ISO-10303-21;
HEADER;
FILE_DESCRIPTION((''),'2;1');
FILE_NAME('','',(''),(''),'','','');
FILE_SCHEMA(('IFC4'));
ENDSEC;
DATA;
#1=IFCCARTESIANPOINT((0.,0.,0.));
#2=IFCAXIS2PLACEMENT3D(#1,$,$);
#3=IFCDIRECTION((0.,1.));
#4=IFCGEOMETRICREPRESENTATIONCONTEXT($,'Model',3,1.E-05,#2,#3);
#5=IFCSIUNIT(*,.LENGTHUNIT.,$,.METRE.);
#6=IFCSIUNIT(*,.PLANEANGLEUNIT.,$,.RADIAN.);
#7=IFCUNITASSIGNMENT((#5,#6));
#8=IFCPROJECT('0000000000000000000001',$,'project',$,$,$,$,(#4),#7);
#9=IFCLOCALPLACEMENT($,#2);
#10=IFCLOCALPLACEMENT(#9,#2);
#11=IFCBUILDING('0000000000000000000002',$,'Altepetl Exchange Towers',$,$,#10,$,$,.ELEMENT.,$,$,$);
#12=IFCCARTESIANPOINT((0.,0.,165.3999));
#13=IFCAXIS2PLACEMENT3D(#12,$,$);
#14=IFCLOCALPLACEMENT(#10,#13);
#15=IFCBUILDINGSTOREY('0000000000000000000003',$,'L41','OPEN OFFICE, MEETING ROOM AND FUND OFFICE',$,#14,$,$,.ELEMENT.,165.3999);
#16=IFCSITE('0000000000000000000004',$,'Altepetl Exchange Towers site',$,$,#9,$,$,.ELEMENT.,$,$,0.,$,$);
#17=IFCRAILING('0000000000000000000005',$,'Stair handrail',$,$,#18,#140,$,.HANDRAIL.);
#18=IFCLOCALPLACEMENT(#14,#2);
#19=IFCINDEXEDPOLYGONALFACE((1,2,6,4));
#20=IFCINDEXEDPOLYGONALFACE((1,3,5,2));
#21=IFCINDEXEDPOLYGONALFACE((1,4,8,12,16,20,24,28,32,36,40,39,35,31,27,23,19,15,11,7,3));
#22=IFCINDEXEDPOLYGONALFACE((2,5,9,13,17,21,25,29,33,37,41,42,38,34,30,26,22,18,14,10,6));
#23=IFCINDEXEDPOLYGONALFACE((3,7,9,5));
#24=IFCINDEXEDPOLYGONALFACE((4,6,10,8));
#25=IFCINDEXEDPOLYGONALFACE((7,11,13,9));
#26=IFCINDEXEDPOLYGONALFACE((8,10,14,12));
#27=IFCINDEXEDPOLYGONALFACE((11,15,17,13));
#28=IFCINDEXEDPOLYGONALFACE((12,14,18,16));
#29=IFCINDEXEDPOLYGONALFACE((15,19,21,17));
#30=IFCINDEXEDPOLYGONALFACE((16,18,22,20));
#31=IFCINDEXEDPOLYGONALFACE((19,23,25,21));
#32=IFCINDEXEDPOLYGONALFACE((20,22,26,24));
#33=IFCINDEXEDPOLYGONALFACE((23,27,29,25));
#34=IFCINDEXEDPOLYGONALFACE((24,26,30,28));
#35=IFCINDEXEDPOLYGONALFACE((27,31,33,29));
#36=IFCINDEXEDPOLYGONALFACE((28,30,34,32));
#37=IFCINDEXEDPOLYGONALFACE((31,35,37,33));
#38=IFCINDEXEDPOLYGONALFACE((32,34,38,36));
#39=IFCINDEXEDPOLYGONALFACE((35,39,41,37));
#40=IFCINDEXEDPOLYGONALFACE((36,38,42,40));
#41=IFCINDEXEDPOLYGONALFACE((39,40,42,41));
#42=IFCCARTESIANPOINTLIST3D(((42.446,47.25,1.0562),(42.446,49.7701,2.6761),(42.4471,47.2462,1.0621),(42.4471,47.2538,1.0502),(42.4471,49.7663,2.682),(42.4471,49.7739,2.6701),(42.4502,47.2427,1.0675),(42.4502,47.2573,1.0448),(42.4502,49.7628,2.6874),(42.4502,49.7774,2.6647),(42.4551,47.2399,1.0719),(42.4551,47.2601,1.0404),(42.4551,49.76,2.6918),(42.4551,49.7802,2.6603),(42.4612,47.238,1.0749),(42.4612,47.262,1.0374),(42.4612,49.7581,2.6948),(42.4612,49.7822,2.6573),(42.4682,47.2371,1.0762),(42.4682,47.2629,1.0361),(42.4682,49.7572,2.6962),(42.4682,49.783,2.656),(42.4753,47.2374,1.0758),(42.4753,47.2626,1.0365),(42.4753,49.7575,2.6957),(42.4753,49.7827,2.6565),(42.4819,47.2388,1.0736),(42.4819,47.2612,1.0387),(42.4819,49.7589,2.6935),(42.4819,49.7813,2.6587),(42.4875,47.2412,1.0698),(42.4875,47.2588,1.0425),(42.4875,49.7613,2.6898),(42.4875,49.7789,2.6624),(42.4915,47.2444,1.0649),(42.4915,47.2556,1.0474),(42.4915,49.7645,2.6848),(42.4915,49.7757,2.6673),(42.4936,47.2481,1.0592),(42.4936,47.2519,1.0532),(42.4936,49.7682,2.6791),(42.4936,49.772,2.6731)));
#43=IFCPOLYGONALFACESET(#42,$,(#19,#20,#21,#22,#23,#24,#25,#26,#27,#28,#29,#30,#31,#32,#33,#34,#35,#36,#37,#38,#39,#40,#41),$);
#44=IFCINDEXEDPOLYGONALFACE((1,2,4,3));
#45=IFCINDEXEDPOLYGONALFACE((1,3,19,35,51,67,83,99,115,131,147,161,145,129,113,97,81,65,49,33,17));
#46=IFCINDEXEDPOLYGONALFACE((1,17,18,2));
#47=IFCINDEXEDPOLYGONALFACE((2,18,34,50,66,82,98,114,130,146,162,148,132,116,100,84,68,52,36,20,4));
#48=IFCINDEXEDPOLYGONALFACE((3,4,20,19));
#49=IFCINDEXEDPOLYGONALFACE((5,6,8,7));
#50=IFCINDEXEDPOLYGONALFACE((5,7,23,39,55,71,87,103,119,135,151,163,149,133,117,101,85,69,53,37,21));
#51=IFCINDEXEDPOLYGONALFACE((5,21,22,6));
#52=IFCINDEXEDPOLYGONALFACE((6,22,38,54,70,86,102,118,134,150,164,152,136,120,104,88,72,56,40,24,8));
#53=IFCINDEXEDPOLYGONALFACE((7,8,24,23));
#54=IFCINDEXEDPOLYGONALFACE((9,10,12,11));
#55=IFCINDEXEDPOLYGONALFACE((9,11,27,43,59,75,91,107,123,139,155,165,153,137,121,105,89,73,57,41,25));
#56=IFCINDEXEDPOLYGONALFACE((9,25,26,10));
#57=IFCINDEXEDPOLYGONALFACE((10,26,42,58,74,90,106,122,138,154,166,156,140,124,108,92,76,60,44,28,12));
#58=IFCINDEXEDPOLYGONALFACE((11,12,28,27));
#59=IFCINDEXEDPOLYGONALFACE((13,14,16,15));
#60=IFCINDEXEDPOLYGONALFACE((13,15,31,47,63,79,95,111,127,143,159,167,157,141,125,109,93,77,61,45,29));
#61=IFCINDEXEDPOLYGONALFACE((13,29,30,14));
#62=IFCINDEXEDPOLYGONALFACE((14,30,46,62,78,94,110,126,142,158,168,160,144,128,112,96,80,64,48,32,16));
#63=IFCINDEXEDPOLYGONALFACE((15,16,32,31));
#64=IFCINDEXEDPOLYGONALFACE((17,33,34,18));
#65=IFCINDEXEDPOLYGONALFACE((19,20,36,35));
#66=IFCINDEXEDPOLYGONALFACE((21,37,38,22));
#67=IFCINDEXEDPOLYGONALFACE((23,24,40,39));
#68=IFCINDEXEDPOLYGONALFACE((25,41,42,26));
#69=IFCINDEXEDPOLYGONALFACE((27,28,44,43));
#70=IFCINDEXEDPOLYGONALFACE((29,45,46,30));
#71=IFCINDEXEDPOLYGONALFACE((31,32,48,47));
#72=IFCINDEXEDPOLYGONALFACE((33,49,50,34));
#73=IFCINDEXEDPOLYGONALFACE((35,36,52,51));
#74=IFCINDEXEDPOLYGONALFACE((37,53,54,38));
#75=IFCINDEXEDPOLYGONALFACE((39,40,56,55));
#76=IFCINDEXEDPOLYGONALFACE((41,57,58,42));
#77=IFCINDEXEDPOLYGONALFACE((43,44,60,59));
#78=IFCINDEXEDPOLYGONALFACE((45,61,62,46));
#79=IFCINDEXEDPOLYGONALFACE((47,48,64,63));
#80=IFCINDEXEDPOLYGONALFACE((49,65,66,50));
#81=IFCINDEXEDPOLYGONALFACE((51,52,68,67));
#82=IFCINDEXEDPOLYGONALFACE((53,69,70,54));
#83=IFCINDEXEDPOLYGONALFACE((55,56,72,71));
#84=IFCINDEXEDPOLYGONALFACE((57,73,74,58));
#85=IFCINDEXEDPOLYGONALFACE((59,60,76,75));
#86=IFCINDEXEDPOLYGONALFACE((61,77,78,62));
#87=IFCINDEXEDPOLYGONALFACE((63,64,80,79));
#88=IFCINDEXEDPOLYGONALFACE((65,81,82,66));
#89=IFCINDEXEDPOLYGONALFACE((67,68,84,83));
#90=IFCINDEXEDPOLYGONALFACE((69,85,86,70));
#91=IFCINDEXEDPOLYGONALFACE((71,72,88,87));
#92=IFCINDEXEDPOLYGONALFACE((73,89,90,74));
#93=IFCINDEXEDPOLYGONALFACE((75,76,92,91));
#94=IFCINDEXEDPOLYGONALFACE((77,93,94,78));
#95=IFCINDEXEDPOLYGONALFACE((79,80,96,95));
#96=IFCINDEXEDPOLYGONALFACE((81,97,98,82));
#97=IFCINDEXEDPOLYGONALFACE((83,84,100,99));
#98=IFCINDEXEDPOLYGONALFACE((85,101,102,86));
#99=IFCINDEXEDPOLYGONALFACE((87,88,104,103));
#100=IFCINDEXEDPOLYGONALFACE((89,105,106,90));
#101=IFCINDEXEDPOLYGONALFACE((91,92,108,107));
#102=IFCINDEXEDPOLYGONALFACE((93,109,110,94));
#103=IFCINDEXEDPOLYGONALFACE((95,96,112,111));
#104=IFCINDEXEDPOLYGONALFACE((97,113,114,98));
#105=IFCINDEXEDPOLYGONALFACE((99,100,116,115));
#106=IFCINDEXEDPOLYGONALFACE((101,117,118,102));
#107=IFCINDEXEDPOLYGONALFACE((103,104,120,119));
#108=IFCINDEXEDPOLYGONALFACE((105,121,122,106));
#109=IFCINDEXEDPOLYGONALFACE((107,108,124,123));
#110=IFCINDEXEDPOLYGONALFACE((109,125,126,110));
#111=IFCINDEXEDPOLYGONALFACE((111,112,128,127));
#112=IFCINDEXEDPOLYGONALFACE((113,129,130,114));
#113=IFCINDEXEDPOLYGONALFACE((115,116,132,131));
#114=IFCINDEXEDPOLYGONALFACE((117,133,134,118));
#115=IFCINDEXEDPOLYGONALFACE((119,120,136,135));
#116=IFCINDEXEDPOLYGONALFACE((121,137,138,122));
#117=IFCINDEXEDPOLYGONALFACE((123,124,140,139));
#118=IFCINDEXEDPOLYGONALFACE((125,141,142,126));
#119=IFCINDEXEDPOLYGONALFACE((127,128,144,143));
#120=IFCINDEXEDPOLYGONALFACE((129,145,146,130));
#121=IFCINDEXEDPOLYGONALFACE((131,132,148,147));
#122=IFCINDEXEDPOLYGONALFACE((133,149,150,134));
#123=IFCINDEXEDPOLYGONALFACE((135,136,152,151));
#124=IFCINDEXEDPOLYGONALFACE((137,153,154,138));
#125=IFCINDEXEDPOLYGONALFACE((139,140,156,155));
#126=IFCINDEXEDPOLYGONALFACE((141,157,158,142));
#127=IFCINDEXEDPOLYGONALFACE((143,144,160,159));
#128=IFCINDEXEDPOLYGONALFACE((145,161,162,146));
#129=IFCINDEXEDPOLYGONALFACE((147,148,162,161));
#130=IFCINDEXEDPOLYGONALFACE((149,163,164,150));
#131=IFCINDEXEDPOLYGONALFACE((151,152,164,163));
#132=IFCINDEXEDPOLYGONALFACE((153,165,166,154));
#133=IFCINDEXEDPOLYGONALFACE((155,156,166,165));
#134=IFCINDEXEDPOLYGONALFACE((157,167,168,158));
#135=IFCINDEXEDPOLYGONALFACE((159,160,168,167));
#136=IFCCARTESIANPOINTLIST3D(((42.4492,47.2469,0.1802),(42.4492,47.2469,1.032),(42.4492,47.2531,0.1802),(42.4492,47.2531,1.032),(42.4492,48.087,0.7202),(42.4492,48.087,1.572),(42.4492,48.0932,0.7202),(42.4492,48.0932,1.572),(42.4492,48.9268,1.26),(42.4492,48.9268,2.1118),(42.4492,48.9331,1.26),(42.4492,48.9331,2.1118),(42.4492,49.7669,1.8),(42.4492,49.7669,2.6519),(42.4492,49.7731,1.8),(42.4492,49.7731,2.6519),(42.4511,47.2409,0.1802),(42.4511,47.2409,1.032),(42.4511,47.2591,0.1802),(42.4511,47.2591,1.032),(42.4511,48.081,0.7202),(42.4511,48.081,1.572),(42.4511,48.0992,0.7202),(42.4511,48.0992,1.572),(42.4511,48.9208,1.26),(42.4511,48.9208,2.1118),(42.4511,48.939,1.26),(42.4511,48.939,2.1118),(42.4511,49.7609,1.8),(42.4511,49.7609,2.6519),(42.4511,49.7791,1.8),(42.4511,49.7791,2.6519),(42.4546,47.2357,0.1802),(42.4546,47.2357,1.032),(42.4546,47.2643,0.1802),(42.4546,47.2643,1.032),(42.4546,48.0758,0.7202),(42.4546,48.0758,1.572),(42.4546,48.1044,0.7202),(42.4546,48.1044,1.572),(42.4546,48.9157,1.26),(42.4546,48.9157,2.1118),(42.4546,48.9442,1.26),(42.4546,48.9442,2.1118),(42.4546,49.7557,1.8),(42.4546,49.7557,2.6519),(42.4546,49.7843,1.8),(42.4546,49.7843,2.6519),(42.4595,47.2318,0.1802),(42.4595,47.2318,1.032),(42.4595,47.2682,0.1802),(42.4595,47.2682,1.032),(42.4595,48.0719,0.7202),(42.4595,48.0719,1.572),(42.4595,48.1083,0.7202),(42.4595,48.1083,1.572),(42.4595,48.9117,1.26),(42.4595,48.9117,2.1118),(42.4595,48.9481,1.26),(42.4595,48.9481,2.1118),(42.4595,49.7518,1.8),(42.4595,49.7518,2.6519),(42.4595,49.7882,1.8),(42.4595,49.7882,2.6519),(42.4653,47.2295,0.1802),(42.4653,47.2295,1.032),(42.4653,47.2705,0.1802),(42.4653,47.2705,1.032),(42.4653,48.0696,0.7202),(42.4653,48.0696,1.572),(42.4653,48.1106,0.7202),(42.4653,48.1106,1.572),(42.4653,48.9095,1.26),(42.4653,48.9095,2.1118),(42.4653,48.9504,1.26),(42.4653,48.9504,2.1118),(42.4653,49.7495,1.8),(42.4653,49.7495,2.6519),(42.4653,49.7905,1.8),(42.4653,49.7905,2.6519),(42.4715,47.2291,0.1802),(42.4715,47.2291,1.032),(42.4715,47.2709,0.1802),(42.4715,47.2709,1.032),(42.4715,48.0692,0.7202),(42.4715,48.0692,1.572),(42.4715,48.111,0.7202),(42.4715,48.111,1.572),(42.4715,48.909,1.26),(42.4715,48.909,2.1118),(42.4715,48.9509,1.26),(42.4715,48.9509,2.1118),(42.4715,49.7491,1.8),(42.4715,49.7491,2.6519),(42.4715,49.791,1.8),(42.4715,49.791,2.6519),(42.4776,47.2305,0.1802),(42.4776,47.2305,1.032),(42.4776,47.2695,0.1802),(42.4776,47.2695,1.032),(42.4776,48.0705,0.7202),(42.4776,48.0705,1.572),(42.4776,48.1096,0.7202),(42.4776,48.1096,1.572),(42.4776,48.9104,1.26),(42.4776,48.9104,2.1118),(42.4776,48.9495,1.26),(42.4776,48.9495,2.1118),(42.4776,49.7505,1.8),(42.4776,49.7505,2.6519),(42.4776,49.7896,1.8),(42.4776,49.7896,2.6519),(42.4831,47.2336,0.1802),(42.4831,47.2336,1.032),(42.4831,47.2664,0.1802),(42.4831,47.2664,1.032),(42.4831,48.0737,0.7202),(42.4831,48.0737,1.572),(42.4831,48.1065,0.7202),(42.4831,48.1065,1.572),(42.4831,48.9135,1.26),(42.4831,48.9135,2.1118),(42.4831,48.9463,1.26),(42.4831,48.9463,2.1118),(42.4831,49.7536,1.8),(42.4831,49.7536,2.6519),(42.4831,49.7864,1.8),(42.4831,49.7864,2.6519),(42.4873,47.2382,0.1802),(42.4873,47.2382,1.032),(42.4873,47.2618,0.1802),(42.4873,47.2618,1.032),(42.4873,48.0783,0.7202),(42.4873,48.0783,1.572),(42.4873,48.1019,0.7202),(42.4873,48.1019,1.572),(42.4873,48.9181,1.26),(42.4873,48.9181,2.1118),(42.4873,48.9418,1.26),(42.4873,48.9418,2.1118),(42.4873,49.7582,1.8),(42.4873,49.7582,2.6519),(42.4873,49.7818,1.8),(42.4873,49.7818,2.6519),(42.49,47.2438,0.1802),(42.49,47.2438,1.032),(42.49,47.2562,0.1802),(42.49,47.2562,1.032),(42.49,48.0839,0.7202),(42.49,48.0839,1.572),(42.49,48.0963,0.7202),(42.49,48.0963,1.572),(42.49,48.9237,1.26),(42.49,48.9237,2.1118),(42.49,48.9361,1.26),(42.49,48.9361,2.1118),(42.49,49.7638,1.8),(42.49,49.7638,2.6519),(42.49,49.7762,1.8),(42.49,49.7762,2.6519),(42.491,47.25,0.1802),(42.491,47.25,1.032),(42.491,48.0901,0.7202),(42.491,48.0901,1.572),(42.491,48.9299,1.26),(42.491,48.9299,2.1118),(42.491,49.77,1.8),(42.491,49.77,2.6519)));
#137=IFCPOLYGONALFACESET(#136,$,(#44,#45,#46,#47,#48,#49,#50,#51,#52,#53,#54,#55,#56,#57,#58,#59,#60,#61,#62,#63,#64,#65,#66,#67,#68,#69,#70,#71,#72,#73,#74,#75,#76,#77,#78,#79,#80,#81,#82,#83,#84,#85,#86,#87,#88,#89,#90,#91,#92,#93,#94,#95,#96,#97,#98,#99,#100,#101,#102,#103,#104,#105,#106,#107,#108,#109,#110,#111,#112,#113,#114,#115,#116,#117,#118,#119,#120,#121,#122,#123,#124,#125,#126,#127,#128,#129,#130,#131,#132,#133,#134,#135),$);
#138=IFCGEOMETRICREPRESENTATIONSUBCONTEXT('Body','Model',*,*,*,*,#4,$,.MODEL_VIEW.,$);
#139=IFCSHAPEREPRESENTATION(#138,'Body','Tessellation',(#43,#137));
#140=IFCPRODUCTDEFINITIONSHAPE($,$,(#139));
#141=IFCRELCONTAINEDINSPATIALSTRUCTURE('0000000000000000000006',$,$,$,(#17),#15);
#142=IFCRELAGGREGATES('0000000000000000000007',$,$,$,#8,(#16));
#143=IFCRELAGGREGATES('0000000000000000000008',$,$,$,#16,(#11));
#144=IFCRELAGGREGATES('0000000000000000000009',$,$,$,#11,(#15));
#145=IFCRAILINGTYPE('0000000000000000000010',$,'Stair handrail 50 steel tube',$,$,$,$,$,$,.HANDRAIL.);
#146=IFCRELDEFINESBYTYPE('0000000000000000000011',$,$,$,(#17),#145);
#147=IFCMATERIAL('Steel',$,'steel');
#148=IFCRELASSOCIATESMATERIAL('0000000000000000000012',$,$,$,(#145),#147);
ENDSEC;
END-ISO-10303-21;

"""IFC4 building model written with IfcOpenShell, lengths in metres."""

from ifc_helpers import new_model, si_unit, direction, frame, origin, origin_2d, place, context, subcontext, project, spatial, circle, extrude, source, transform, mapped, material, type_object, element, save


model = new_model("IFC4")

# Units and contexts
model_context = context("Model", 3, precision=1e-05, world=origin(), true_north=direction((0.0, 1.0)))
body_context = subcontext(model_context, "Body", "Model", "MODEL_VIEW")
ifc_project = project(units=[si_unit("LENGTHUNIT", "METRE"), si_unit("PLANEANGLEUNIT", "RADIAN")], contexts=[model_context])

# Site, building, storey
site_placement = place(None, origin())
site = spatial("IfcSite", under=ifc_project, at=site_placement, Name="Altepetl Exchange Towers site", CompositionType="ELEMENT", RefElevation=0.0)
building_placement = place(site_placement, origin())
building = spatial("IfcBuilding", under=site, at=building_placement, Name="Altepetl Exchange Towers", CompositionType="ELEMENT")
storey_placement = place(building_placement, frame((0.0, 0.0, 165.3999)))
storey = spatial("IfcBuildingStorey", under=building, at=storey_placement, Name="L41", Description="OPEN OFFICE, MEETING ROOM AND FUND OFFICE", CompositionType="ELEMENT", Elevation=165.3999)

# Railing
ifc_material_1 = material(Name="Steel", Category="steel")
railing_type = type_object("IfcRailingType", Name="Stair handrail 50 steel tube", PredefinedType="HANDRAIL", material=ifc_material_1)
shared_shape = source(origin(), body_context, "Body", "SweptSolid", [
    extrude(circle(Radius=0.021, at=origin_2d()), origin(), (0.0, 0.0, 1.0), 0.8518),
])
railing_1_placement = place(storey_placement, frame((42.47, 47.25, 0.1802)))
element("IfcRailing", 1, at=railing_1_placement, inside=storey, type_object=railing_type, Name="Stair handrail", PredefinedType="HANDRAIL", context=body_context, shape_type="SweptSolid", body=[
    extrude(circle(Radius=0.0239, at=origin_2d()), frame((0.0, 0.0, 0.876), z_axis=(0.0, 0.8412, 0.540725), x_axis=(-1.0, 0.0, 0.0)), (0.0, 0.0, 1.0), 2.9958),
    mapped(shared_shape, transform((0.0, 0.0, 0.0))),
    mapped(shared_shape, transform((0.0, 0.8401, 0.54))),
    mapped(shared_shape, transform((0.0, 1.6799, 1.0798))),
    mapped(shared_shape, transform((0.0, 2.52, 1.6199))),
])

save(model, "model.ifc")
